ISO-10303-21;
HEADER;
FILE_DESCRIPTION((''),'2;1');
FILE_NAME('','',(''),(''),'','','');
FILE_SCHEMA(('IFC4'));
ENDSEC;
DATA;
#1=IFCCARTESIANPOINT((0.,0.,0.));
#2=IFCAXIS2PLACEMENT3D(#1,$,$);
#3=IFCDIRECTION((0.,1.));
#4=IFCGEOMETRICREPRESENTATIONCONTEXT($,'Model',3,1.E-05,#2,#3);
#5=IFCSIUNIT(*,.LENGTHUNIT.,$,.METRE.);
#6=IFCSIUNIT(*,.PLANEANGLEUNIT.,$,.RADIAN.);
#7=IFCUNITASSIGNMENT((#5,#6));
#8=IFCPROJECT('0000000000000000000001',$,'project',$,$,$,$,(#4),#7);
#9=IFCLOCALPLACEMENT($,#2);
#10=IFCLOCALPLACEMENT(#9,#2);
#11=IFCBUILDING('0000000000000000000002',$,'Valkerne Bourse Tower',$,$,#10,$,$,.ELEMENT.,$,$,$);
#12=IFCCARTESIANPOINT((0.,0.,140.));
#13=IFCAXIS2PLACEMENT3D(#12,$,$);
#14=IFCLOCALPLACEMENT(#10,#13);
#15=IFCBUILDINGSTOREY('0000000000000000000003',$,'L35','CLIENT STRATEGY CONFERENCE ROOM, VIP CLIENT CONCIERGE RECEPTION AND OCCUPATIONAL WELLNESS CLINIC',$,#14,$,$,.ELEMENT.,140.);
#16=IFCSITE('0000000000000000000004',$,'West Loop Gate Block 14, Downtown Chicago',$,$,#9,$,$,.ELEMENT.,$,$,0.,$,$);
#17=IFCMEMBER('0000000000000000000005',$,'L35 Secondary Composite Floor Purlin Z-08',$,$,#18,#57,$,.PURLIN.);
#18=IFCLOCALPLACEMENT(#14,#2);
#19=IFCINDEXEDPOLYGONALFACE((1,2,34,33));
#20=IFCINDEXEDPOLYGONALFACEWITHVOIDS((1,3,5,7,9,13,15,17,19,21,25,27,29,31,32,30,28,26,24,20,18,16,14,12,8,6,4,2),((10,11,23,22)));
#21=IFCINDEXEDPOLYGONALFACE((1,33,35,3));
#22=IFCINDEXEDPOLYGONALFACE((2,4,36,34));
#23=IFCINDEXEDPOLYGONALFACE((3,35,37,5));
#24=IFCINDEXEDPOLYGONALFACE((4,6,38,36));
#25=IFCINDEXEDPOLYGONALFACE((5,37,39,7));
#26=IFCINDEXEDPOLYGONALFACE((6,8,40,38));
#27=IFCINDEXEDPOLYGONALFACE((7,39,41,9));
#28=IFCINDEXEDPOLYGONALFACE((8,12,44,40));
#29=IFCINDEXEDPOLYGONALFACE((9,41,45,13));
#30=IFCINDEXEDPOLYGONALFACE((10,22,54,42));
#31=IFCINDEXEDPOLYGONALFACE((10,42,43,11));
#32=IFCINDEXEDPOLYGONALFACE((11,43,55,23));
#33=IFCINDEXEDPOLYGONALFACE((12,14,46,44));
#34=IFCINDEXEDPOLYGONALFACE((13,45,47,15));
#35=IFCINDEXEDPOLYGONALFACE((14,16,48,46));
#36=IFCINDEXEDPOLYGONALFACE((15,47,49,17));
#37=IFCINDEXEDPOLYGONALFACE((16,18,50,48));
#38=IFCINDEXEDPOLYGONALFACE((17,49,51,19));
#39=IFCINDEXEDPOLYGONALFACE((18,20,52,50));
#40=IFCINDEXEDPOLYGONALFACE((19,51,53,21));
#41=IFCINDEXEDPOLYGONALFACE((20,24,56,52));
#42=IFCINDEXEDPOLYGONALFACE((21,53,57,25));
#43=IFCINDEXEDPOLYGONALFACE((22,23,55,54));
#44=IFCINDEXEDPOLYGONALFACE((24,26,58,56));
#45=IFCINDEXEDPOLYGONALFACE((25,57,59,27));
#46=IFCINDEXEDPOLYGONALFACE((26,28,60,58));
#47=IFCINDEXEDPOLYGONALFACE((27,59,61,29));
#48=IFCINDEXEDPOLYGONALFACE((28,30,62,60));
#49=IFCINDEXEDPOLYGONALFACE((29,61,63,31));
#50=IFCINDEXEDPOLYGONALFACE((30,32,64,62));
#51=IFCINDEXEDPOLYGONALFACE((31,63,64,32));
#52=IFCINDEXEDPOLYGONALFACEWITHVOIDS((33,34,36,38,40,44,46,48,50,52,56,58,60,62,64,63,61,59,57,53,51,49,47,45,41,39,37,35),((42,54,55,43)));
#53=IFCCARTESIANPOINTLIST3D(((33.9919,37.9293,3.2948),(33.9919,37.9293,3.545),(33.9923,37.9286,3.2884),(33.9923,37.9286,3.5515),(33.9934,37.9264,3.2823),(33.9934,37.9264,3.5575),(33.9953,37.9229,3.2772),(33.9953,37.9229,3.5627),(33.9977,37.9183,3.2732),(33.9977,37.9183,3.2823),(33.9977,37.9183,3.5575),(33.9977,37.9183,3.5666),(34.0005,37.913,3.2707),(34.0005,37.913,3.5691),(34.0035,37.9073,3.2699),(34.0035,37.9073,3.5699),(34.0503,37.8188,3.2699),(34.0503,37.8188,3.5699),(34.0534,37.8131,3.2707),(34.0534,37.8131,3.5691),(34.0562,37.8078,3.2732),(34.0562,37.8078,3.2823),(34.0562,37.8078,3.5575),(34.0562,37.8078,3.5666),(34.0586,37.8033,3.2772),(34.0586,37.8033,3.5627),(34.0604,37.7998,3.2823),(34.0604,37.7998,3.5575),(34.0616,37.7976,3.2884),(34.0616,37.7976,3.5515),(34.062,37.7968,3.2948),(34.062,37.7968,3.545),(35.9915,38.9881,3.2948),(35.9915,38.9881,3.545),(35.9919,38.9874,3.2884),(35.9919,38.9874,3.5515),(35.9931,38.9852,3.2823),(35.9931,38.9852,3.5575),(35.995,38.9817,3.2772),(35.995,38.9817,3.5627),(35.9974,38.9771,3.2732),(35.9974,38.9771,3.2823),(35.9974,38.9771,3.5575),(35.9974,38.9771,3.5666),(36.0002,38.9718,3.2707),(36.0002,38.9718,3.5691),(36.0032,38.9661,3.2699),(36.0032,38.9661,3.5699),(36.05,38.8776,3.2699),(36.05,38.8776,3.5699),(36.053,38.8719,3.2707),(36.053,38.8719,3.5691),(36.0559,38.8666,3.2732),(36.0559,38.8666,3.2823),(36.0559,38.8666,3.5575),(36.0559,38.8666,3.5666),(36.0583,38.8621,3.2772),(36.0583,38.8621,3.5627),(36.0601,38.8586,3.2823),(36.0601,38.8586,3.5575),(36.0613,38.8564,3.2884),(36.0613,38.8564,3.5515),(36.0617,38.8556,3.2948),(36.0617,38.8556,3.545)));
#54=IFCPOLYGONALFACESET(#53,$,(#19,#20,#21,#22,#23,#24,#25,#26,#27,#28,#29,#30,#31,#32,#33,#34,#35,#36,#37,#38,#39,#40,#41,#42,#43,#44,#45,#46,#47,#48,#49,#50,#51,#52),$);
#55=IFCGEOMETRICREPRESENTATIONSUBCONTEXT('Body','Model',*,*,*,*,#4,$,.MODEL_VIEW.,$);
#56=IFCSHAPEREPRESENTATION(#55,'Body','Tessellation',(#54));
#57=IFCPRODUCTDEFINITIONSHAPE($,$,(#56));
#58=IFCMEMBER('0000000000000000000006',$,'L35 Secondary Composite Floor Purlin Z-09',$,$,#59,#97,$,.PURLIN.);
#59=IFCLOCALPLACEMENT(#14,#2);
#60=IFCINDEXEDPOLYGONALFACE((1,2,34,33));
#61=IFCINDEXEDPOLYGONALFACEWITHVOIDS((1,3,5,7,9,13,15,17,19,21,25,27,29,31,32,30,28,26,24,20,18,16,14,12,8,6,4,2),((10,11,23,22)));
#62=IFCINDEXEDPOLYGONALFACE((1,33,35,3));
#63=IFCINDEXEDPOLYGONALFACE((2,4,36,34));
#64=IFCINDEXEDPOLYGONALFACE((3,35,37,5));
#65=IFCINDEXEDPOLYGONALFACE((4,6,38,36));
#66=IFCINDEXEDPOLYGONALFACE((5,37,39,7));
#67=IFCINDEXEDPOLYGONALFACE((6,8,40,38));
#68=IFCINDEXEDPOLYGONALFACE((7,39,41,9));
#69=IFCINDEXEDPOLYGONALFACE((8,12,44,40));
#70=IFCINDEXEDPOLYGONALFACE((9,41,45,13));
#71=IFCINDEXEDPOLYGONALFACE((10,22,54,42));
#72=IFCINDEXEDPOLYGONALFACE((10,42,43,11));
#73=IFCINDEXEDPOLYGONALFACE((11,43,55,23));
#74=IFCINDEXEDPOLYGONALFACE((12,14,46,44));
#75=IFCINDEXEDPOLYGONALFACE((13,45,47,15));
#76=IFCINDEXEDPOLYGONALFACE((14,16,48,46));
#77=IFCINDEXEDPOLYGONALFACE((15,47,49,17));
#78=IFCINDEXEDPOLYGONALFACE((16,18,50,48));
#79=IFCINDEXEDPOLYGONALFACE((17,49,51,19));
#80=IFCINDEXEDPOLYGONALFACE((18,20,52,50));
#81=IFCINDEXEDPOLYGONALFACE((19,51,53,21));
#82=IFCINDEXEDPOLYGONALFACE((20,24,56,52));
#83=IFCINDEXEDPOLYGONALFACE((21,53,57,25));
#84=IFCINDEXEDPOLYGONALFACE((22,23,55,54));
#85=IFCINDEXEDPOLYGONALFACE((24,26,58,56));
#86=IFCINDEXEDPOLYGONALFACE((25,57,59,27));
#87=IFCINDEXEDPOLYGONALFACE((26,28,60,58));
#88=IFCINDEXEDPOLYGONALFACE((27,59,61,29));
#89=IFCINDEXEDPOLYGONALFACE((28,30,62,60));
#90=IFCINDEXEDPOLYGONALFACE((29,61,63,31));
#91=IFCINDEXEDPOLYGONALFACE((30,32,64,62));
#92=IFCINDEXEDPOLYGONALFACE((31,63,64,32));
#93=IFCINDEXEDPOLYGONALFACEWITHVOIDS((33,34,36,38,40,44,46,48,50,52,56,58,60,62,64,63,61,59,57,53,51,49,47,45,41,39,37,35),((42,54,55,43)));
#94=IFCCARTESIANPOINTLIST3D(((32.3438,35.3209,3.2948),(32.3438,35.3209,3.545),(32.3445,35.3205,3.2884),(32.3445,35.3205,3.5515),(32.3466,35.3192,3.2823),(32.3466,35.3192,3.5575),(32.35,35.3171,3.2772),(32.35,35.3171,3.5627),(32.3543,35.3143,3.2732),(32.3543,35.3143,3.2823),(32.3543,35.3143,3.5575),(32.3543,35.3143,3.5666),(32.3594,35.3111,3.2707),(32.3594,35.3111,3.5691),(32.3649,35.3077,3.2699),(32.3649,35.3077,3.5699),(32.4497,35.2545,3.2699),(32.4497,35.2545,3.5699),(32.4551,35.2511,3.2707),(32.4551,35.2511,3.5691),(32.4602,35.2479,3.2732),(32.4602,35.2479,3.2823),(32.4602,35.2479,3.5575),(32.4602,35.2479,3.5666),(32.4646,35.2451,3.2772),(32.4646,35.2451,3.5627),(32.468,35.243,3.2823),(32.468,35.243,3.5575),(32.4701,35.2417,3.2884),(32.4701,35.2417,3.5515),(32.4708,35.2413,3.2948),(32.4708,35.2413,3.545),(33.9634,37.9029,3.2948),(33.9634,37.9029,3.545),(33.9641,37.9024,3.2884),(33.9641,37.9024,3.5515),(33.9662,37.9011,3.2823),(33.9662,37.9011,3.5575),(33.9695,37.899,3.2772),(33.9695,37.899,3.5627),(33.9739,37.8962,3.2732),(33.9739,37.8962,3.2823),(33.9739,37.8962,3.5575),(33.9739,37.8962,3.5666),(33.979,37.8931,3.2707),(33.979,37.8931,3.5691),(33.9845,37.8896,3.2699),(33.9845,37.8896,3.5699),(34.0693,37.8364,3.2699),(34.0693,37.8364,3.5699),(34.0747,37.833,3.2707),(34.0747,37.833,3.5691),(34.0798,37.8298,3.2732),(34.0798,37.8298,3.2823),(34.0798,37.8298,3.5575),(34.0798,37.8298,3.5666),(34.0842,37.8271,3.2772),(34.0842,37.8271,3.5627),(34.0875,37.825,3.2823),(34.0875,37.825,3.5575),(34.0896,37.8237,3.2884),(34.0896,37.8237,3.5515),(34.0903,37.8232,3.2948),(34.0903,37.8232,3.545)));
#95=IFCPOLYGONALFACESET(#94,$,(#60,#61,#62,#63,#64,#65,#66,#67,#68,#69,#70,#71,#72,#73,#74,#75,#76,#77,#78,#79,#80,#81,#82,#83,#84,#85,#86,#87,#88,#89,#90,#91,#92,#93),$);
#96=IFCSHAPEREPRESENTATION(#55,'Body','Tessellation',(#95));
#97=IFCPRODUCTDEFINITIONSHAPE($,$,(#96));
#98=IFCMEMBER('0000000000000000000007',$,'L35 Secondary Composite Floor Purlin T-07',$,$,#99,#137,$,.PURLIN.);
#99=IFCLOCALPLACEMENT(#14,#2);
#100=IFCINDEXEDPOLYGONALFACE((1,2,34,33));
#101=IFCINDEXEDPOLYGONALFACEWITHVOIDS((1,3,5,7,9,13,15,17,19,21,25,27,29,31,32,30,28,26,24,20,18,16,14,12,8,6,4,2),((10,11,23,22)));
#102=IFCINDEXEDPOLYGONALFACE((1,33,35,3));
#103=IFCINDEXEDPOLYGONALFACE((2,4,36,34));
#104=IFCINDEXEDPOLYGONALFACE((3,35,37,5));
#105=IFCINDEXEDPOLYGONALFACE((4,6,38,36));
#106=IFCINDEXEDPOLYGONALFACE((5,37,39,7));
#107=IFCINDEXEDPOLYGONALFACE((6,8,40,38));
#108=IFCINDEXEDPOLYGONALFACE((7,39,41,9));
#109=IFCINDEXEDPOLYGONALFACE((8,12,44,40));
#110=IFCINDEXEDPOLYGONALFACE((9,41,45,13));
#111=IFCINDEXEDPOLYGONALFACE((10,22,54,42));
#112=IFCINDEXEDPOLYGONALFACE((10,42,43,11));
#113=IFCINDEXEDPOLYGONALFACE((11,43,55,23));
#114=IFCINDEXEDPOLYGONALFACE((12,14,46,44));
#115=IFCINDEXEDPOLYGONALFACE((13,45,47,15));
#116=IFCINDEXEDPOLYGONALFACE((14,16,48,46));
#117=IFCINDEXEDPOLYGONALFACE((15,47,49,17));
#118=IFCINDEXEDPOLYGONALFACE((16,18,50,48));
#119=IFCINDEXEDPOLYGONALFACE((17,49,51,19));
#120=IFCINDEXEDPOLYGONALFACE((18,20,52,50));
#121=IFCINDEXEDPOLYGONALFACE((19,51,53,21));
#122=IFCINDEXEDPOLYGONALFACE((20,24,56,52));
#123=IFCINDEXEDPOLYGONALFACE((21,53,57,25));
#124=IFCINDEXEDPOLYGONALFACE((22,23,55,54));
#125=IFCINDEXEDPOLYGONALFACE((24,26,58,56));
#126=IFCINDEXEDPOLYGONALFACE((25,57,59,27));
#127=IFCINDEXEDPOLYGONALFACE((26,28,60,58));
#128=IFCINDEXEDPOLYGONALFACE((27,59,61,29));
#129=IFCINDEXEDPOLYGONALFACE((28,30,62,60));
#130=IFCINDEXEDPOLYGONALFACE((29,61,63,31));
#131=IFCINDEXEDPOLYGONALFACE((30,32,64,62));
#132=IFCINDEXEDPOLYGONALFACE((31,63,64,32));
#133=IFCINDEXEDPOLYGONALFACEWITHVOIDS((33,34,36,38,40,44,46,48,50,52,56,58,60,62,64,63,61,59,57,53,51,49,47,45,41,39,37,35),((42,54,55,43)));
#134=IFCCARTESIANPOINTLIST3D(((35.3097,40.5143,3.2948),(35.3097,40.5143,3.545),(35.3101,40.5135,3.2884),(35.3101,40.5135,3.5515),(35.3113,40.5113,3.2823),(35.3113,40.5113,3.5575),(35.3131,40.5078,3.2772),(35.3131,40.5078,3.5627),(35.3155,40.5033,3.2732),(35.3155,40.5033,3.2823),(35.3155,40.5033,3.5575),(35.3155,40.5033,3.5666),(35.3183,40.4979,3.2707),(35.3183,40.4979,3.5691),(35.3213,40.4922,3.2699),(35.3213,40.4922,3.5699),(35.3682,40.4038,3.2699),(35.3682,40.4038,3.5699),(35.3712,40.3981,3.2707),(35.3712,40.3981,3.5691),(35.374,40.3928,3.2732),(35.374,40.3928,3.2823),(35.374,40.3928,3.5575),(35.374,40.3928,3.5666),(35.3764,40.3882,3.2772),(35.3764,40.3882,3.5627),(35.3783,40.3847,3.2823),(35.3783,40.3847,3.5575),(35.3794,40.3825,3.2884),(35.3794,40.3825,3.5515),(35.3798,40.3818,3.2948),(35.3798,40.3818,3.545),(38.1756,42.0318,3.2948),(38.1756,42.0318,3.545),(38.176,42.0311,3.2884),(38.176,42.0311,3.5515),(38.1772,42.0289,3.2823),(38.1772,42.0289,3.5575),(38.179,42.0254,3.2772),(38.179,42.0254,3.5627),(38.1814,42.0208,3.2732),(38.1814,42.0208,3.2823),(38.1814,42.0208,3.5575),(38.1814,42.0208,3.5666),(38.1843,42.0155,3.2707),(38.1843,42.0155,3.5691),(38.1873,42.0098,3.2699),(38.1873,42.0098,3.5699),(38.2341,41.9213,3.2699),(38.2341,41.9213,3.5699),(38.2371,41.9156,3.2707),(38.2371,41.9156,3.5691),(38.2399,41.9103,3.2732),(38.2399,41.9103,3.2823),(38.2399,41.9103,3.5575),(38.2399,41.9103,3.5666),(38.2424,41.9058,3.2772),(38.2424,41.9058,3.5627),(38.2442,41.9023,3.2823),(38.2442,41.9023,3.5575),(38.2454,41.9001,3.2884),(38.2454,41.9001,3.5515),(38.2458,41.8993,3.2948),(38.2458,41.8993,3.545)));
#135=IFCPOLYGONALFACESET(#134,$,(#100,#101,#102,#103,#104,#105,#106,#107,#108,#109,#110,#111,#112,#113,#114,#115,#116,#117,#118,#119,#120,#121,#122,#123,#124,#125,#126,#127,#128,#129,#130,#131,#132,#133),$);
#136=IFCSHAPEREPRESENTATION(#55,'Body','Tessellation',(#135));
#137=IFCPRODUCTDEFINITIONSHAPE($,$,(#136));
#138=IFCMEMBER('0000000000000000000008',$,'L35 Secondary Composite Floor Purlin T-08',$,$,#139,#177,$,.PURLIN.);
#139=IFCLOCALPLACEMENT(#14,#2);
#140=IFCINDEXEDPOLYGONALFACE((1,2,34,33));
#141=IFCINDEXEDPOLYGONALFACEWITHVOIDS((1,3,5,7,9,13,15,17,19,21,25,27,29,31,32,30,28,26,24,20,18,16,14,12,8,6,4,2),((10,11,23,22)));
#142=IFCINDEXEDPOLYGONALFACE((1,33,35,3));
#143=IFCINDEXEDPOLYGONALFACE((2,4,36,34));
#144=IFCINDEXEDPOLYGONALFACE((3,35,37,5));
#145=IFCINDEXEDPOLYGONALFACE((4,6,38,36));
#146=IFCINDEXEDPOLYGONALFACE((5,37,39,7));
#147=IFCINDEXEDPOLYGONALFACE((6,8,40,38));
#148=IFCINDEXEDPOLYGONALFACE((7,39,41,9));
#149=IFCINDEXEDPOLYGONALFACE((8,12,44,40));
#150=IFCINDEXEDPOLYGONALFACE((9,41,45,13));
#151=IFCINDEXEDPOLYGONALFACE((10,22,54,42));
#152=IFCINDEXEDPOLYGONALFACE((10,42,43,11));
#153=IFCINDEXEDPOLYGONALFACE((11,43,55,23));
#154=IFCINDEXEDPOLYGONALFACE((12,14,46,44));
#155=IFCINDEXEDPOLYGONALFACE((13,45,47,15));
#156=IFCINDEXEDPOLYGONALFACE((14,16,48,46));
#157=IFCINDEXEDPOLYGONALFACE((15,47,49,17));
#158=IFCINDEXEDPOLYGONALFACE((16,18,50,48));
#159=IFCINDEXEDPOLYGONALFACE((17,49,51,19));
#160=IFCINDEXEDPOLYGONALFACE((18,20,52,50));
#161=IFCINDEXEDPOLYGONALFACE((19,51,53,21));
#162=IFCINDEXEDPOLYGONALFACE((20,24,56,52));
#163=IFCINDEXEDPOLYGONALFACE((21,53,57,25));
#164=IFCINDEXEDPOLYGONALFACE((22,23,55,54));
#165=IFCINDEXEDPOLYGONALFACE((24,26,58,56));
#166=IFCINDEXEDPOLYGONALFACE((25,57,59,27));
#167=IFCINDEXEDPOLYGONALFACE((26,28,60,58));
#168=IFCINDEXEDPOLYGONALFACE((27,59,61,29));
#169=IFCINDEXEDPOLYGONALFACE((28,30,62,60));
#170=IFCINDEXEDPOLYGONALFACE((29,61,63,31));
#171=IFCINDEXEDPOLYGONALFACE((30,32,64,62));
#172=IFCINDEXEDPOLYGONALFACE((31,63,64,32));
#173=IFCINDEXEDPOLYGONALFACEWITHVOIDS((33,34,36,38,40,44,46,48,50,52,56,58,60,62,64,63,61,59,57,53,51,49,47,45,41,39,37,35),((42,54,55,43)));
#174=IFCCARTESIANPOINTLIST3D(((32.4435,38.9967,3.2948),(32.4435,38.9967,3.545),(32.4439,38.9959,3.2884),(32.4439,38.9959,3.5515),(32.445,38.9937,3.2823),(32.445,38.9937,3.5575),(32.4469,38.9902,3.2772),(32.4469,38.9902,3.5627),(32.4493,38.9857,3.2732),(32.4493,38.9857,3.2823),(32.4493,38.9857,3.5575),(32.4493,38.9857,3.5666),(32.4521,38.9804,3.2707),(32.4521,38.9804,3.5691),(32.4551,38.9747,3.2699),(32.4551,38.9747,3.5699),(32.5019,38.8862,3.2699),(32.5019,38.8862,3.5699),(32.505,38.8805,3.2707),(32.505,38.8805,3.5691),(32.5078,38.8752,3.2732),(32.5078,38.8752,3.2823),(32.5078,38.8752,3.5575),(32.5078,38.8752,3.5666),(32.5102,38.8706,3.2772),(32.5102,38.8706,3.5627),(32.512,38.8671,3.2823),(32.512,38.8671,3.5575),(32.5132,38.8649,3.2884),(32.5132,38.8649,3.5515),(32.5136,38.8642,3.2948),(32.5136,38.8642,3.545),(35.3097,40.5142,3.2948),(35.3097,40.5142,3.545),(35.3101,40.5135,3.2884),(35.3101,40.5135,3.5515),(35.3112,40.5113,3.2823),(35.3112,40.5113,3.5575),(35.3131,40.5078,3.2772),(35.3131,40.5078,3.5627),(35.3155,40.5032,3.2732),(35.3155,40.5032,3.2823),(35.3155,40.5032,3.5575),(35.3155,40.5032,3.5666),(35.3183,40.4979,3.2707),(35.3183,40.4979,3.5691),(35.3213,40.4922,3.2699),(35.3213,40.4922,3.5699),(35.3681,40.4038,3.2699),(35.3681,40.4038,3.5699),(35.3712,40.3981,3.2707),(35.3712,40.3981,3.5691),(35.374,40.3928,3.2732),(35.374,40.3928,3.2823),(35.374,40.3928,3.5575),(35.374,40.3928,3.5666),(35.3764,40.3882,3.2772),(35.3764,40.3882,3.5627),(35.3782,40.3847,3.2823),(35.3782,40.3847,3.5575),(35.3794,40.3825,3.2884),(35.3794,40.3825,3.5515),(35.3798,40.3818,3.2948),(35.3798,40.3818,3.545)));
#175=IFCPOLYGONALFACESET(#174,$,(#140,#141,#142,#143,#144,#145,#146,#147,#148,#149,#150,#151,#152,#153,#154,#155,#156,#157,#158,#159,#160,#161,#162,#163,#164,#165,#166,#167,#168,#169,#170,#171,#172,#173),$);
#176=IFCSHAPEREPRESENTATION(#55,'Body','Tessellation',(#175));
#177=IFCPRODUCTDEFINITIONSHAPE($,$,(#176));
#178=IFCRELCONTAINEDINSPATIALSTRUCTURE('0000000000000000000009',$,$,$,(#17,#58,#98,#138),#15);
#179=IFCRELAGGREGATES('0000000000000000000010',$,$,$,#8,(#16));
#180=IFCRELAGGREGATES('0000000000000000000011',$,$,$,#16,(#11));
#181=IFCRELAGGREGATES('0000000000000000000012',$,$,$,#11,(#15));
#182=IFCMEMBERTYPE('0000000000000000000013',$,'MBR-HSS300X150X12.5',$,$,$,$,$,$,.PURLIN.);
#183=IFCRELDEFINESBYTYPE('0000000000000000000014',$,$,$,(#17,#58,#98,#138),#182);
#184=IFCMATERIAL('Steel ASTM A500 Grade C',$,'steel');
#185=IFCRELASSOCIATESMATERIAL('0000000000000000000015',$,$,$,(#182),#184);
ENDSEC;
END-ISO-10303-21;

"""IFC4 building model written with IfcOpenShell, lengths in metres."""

from ifc_helpers import new_model, si_unit, direction, frame, origin, origin_2d, place, context, subcontext, project, spatial, hollow_rectangle, extrude, material, material_profile, profile_set, type_object, element, save


model = new_model("IFC4")

# Units and contexts
model_context = context("Model", 3, precision=1e-05, world=origin(), true_north=direction((0.0, 1.0)))
body_context = subcontext(model_context, "Body", "Model", "MODEL_VIEW")
ifc_project = project(units=[si_unit("LENGTHUNIT", "METRE"), si_unit("PLANEANGLEUNIT", "RADIAN")], contexts=[model_context])

# Site, building, storey
site_placement = place(None, origin())
site = spatial("IfcSite", under=ifc_project, at=site_placement, Name="West Loop Gate Block 14, Downtown Chicago", CompositionType="ELEMENT", RefElevation=0.0)
building_placement = place(site_placement, origin())
building = spatial("IfcBuilding", under=site, at=building_placement, Name="Valkerne Bourse Tower", CompositionType="ELEMENT")
storey_placement = place(building_placement, frame((0.0, 0.0, 140.0)))
storey = spatial("IfcBuildingStorey", under=building, at=storey_placement, Name="L35", Description="CLIENT STRATEGY CONFERENCE ROOM, VIP CLIENT CONCIERGE RECEPTION AND OCCUPATIONAL WELLNESS CLINIC", CompositionType="ELEMENT", Elevation=140.0)

# Members
ifc_material_1 = material(Name="Steel ASTM A500 Grade C", Category="steel")
ifc_material_profile_1 = material_profile(ifc_material_1, hollow_rectangle(XDim=0.1499, YDim=0.3, WallThickness=0.0125, OuterFilletRadius=0.0249, at=origin_2d()), Name="HSS300X150X12.5")
ifc_profile_set_1 = profile_set([ifc_material_profile_1], Name="Steel ASTM A500 Grade C")
member_type_1 = type_object("IfcMemberType", Name="MBR-HSS300X150X12.5", PredefinedType="PURLIN", material=ifc_profile_set_1)
member_1_placement = place(storey_placement, frame((36.0266, 38.9219, 3.4199), z_axis=(-0.883762, -0.467937, 0.0), x_axis=(0.467937, -0.883762, 0.0)))
element("IfcMember", 1, at=member_1_placement, inside=storey, type_object=member_type_1, Name="L35 Secondary Composite Floor Purlin Z-08", PredefinedType="PURLIN", context=body_context, shape_type="SweptSolid", body=[
    extrude(hollow_rectangle(XDim=0.1499, YDim=0.3, WallThickness=0.0125, OuterFilletRadius=0.0249, at=origin_2d()), origin(), (0.0, 0.0, 1.0), 2.2627),
])
member_2_placement = place(storey_placement, frame((34.0269, 37.863, 3.4199), z_axis=(-0.531381, -0.847133, 0.0), x_axis=(0.847133, -0.531381, 0.0)))
element("IfcMember", 2, at=member_2_placement, inside=storey, type_object=member_type_1, Name="L35 Secondary Composite Floor Purlin Z-09", PredefinedType="PURLIN", context=body_context, shape_type="SweptSolid", body=[
    extrude(hollow_rectangle(XDim=0.1499, YDim=0.3, WallThickness=0.0125, OuterFilletRadius=0.0249, at=origin_2d()), origin(), (0.0, 0.0, 1.0), 3.0479),
])
member_3_placement = place(storey_placement, frame((38.2107, 41.9656, 3.4199), z_axis=(-0.883749, -0.46796, 0.0), x_axis=(0.46796, -0.883749, 0.0)))
element("IfcMember", 3, at=member_3_placement, inside=storey, type_object=member_type_1, Name="L35 Secondary Composite Floor Purlin T-07", PredefinedType="PURLIN", context=body_context, shape_type="SweptSolid", body=[
    extrude(hollow_rectangle(XDim=0.1499, YDim=0.3, WallThickness=0.0125, OuterFilletRadius=0.0249, at=origin_2d()), origin(), (0.0, 0.0, 1.0), 3.2429),
])
member_4_placement = place(storey_placement, frame((35.3447, 40.448, 3.4199), z_axis=(-0.883766, -0.467929, 0.0), x_axis=(0.467929, -0.883766, 0.0)))
element("IfcMember", 4, at=member_4_placement, inside=storey, type_object=member_type_1, Name="L35 Secondary Composite Floor Purlin T-08", PredefinedType="PURLIN", context=body_context, shape_type="SweptSolid", body=[
    extrude(hollow_rectangle(XDim=0.1499, YDim=0.3, WallThickness=0.0125, OuterFilletRadius=0.0249, at=origin_2d()), origin(), (0.0, 0.0, 1.0), 3.2432),
])

save(model, "model.ifc")
